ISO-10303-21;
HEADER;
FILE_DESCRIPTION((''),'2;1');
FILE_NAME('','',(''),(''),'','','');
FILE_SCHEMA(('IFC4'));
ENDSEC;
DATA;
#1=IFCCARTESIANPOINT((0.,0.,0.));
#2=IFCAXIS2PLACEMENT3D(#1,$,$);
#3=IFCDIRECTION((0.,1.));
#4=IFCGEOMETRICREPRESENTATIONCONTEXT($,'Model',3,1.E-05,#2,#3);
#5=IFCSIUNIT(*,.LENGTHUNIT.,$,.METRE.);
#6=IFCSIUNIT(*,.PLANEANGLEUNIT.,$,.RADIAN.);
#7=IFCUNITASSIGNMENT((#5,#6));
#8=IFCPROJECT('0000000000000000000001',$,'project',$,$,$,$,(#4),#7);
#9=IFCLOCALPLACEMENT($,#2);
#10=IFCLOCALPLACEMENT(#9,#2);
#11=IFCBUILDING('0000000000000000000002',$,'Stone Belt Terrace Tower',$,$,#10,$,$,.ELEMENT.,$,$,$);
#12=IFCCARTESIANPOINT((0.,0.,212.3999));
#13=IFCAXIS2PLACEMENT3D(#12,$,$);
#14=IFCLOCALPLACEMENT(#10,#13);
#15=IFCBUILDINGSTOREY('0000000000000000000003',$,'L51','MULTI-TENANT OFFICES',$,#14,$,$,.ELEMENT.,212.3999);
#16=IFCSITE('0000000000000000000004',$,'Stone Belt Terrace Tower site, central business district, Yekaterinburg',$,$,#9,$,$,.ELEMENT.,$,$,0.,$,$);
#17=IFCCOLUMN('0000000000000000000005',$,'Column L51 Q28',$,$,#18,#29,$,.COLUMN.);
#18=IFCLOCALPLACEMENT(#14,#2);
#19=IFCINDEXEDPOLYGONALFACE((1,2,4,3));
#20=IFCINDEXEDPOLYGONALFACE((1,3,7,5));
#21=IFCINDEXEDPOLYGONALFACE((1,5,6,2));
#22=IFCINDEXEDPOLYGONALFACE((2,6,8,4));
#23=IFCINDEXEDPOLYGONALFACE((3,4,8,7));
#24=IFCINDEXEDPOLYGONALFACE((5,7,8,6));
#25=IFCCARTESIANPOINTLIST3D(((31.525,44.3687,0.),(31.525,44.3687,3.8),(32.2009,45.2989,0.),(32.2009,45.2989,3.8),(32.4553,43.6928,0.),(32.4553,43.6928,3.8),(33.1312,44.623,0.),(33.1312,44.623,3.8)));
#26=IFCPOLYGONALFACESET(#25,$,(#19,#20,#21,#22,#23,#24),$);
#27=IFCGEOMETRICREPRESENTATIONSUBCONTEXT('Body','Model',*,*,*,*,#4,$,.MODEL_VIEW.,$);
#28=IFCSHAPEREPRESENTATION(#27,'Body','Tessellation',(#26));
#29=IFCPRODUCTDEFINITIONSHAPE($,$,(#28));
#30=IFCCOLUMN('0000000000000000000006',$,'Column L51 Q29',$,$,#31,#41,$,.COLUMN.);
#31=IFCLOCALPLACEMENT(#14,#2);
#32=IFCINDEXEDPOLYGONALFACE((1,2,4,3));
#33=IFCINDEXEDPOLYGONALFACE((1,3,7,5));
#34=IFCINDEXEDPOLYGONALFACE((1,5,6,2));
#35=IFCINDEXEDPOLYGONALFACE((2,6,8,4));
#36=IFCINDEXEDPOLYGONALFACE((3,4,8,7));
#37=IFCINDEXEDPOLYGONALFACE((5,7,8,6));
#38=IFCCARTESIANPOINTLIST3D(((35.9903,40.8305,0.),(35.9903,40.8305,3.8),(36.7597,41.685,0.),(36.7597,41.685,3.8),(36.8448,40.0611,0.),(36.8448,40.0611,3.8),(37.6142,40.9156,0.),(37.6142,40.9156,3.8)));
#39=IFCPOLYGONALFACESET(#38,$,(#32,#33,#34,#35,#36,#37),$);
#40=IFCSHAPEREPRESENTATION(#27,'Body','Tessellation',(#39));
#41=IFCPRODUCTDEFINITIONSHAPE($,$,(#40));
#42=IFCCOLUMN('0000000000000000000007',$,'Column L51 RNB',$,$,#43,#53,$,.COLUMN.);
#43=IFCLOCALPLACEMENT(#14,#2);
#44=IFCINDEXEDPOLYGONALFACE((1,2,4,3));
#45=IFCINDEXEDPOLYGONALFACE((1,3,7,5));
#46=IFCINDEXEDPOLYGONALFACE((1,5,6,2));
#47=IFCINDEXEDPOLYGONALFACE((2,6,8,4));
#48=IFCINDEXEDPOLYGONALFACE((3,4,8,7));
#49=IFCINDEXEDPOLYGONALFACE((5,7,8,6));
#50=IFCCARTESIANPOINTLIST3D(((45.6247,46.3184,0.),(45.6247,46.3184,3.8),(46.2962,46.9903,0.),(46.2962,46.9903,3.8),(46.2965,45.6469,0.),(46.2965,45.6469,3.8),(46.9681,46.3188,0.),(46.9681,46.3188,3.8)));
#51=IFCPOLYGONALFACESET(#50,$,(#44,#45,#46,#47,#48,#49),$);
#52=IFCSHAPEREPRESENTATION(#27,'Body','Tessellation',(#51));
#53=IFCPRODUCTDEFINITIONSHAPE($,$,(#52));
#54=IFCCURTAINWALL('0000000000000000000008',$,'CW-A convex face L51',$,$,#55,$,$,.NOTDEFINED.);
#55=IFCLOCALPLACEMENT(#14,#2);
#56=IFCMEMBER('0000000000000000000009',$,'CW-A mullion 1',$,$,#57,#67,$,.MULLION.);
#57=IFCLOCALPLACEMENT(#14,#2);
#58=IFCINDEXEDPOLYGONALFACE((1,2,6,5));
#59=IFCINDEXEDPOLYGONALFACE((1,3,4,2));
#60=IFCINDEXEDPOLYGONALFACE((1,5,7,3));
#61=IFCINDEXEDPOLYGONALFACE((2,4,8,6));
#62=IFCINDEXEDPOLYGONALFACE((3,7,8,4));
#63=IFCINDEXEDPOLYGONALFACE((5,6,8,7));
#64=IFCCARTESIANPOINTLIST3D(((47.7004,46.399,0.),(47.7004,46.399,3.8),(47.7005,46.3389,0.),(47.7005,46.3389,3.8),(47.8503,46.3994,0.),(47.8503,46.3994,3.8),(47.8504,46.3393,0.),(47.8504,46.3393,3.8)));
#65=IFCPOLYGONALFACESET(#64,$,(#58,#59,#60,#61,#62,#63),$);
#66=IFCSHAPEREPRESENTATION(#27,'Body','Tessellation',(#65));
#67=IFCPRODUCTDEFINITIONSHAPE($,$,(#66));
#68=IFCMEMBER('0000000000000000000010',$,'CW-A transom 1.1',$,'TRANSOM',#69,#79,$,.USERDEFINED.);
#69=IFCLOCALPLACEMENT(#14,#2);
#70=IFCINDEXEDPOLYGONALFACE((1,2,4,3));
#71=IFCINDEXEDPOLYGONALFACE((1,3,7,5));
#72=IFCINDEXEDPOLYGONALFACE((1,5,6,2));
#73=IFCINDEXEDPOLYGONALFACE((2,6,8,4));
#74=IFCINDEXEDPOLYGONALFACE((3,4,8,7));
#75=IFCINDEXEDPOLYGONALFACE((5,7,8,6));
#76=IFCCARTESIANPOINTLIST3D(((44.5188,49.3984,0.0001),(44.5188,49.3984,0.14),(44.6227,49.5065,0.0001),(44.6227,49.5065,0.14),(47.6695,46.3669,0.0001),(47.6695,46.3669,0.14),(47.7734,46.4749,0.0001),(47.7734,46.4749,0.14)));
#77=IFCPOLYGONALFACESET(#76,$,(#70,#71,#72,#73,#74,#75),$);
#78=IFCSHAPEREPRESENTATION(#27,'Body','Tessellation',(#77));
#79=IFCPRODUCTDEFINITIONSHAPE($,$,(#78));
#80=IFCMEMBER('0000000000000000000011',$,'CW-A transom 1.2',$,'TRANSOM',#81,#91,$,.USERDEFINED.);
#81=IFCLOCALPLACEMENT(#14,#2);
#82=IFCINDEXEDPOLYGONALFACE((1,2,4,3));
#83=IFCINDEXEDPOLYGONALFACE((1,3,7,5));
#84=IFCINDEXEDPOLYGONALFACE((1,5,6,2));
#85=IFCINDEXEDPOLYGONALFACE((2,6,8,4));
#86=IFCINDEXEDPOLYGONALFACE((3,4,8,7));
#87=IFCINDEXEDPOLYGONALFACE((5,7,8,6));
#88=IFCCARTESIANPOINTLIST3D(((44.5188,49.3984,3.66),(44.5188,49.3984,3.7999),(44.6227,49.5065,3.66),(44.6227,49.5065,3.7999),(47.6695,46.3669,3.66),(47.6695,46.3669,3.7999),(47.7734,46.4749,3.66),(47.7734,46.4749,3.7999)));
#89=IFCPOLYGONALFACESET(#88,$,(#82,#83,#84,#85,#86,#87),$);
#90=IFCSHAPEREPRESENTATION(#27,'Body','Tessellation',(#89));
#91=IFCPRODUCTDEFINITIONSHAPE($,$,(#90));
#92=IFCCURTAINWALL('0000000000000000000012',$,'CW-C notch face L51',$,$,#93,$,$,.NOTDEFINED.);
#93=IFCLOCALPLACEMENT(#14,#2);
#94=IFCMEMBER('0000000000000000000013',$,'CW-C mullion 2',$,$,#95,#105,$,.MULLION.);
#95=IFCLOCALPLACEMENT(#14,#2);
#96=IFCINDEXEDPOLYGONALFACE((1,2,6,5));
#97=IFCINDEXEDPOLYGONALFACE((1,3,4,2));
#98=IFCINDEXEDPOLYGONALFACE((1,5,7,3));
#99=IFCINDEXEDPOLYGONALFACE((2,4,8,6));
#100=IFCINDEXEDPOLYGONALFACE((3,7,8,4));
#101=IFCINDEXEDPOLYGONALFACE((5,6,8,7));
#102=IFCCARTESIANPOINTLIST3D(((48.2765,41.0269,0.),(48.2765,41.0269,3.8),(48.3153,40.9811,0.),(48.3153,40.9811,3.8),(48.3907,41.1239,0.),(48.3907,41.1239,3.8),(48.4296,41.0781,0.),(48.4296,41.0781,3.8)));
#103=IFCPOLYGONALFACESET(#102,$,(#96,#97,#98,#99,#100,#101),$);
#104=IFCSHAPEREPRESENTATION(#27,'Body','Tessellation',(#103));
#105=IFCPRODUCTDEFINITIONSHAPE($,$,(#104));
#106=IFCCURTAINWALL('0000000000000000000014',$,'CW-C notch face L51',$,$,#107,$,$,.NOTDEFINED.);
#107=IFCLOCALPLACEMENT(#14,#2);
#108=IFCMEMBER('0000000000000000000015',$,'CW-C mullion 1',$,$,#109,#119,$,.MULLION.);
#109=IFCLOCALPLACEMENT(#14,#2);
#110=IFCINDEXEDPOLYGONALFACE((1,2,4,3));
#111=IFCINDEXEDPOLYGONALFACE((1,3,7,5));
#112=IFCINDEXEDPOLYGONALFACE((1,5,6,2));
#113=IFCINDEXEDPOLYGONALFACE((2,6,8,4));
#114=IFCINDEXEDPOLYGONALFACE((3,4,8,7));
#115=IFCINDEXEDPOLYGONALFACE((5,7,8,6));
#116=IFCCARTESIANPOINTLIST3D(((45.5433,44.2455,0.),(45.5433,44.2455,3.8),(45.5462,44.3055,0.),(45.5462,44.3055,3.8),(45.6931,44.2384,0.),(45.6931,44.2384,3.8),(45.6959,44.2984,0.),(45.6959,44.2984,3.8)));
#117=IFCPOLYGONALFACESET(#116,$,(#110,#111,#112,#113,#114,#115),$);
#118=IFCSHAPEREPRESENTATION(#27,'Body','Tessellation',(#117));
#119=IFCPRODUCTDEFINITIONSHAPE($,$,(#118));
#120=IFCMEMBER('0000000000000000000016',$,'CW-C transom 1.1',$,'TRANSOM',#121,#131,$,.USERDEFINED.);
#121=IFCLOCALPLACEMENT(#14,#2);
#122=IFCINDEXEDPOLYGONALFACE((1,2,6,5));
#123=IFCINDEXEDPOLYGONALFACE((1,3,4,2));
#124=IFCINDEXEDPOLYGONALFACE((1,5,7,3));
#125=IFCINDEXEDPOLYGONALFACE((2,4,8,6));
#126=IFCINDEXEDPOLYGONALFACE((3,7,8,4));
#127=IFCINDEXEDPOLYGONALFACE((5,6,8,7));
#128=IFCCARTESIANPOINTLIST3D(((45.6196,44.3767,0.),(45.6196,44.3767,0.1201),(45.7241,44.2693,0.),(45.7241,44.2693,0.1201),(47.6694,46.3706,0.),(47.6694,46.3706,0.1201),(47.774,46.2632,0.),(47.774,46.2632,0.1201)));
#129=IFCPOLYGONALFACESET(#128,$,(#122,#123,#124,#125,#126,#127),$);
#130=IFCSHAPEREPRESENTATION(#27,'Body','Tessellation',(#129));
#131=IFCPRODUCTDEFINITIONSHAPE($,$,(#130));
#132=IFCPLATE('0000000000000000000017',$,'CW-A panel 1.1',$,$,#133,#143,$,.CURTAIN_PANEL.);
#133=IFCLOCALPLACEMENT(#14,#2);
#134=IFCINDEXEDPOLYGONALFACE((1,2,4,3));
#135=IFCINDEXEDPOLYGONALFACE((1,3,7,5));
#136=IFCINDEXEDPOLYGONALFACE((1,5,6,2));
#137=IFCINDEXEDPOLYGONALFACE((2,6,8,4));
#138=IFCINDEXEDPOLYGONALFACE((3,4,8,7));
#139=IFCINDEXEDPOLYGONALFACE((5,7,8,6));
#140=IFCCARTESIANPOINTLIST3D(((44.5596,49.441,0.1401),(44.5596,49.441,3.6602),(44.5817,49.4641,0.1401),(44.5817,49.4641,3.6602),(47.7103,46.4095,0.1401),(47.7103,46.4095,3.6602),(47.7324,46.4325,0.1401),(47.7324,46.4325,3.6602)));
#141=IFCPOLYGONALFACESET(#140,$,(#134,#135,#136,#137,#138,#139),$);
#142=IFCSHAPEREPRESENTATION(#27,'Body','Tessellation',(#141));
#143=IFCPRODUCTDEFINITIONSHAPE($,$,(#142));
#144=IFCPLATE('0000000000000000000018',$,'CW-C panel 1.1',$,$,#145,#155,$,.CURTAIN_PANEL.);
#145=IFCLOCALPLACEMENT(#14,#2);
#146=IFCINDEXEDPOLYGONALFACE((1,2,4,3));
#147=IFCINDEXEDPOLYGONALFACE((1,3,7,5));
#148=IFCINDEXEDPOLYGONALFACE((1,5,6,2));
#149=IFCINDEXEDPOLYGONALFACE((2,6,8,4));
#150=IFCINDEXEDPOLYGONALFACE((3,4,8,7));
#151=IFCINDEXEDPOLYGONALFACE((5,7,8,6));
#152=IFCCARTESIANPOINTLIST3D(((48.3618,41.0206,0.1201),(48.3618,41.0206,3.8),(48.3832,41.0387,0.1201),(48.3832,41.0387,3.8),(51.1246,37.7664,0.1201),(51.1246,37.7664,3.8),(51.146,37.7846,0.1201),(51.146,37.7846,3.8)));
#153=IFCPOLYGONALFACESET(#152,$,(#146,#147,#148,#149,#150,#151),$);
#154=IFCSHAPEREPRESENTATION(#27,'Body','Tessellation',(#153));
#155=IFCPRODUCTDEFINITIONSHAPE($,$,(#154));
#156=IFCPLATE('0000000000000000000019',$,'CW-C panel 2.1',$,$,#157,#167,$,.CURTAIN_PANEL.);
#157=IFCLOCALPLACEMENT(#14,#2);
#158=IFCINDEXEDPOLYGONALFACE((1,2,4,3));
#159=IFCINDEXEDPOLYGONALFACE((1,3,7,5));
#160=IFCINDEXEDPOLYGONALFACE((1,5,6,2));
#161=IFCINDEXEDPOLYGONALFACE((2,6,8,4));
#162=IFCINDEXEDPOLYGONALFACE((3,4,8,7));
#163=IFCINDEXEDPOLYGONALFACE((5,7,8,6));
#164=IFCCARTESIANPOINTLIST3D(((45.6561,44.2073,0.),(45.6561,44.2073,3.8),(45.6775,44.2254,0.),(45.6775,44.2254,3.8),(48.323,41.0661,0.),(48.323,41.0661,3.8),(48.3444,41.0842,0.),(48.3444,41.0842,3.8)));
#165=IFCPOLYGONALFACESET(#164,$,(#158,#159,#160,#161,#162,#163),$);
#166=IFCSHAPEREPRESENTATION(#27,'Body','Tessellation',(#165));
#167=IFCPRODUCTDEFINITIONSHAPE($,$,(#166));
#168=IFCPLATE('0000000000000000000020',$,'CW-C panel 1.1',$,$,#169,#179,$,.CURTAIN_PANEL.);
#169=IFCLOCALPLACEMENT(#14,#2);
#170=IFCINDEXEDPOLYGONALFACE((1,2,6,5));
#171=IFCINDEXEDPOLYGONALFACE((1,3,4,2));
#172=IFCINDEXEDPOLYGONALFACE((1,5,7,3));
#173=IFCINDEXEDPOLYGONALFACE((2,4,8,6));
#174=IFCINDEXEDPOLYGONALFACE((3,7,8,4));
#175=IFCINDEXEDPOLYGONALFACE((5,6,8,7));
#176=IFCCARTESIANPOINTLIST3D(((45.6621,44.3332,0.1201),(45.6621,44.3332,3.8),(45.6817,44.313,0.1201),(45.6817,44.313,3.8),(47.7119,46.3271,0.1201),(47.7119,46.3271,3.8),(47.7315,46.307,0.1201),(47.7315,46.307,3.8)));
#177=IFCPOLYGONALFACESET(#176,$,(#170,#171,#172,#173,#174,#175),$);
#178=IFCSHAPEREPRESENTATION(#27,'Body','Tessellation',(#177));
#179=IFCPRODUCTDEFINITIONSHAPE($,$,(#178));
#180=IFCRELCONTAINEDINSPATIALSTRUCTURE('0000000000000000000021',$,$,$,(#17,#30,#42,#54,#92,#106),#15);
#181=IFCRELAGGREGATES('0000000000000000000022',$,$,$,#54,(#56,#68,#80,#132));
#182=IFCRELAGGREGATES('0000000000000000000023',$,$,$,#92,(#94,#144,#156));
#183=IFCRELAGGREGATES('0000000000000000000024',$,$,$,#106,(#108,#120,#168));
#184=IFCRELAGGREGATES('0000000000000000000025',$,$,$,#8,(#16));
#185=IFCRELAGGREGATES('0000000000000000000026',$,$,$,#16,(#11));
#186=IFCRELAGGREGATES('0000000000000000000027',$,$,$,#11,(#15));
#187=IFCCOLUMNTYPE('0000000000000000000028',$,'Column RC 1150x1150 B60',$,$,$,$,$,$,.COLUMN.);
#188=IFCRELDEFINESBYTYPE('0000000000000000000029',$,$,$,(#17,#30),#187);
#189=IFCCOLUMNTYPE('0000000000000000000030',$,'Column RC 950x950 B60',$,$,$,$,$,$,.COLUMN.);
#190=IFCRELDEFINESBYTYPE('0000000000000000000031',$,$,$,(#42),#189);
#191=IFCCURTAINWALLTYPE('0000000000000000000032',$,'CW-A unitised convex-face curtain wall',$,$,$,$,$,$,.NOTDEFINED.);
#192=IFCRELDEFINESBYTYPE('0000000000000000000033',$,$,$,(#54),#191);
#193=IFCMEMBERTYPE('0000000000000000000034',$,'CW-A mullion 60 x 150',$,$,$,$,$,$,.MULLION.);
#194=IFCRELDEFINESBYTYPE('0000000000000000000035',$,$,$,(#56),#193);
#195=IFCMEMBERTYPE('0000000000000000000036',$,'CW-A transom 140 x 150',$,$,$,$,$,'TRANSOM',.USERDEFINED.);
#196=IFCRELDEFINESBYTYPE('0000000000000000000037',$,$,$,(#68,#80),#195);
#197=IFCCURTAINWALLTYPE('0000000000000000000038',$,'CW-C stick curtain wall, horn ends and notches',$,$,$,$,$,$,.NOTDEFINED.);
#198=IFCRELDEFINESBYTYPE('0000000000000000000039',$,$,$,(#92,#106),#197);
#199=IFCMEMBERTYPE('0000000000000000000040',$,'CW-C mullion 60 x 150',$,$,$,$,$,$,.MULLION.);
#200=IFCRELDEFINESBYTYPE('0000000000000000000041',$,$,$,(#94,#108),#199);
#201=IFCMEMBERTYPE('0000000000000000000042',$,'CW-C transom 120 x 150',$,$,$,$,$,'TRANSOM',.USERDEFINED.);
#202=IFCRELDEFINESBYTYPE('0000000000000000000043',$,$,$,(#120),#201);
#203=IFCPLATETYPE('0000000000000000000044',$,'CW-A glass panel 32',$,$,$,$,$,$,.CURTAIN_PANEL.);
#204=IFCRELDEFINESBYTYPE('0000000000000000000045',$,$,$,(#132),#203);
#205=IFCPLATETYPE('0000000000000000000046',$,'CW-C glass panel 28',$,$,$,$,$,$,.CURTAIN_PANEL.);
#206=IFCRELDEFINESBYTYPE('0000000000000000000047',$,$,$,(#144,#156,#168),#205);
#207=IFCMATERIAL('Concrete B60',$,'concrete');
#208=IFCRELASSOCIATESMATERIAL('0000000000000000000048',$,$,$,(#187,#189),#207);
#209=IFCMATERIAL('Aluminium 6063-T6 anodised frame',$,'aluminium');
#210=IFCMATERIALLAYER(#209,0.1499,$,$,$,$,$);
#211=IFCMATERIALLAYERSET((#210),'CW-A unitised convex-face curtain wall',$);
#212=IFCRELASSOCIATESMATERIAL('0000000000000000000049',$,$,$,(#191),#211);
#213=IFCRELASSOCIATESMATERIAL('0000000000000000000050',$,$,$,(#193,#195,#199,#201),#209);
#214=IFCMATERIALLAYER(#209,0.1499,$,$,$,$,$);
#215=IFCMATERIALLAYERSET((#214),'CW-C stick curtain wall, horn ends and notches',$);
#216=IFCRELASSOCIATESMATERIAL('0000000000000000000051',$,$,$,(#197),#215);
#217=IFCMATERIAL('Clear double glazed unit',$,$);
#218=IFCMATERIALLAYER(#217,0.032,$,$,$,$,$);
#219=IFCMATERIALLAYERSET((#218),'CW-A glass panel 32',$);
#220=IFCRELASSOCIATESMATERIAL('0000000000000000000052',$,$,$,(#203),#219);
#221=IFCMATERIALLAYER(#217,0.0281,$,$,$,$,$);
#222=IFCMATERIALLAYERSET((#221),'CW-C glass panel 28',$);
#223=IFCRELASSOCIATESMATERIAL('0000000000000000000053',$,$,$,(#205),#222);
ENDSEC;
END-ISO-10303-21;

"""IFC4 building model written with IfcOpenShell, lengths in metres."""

from ifc_helpers import new_model, si_unit, direction, frame, origin, origin_2d, place, context, subcontext, project, spatial, rectangle, extrude, material, layer, layer_set, material_profile, profile_set, type_object, element, aggregate, save


model = new_model("IFC4")

# Units and contexts
model_context = context("Model", 3, precision=1e-05, world=origin(), true_north=direction((0.0, 1.0)))
body_context = subcontext(model_context, "Body", "Model", "MODEL_VIEW")
ifc_project = project(units=[si_unit("LENGTHUNIT", "METRE"), si_unit("PLANEANGLEUNIT", "RADIAN")], contexts=[model_context])

# Site, building, storey
site_placement = place(None, origin())
site = spatial("IfcSite", under=ifc_project, at=site_placement, Name="Stone Belt Terrace Tower site, central business district, Yekaterinburg", CompositionType="ELEMENT", RefElevation=0.0)
building_placement = place(site_placement, origin())
building = spatial("IfcBuilding", under=site, at=building_placement, Name="Stone Belt Terrace Tower", CompositionType="ELEMENT")
storey_placement = place(building_placement, frame((0.0, 0.0, 212.3999)))
storey = spatial("IfcBuildingStorey", under=building, at=storey_placement, Name="L51", Description="MULTI-TENANT OFFICES", CompositionType="ELEMENT", Elevation=212.3999)

# Columns
ifc_material_1 = material(Name="Concrete B60", Category="concrete")
ifc_material_profile_1 = material_profile(ifc_material_1, rectangle(XDim=1.1499, YDim=1.1499, at=origin_2d()), Name="RC 1150x1150")
ifc_profile_set_1 = profile_set([ifc_material_profile_1], Name="Concrete B60")
column_type_1 = type_object("IfcColumnType", Name="Column RC 1150x1150 B60", PredefinedType="COLUMN", material=ifc_profile_set_1)
for number, where, z_axis, x_axis, name in (
    (1, (32.3281, 44.4958, 0.0), (0.0, 0.0, 1.0), (0.809017, -0.587785, 0.0), "Column L51 Q28"),
    (2, (36.8022, 40.873, 0.0), (0.0, 0.0, 1.0), (0.743145, -0.669131, 0.0), "Column L51 Q29"),
):
    element("IfcColumn", number, at=place(storey_placement, frame(where, z_axis=z_axis, x_axis=x_axis)), inside=storey, type_object=column_type_1, Name=name, PredefinedType="COLUMN", context=body_context, shape_type="SweptSolid", body=[
        extrude(rectangle(XDim=1.1499, YDim=1.1499, at=origin_2d()), origin(), (0.0, 0.0, 1.0), 3.8),
    ])
ifc_material_profile_2 = material_profile(ifc_material_1, rectangle(XDim=0.95, YDim=0.95, at=origin_2d()), Name="RC 950x950")
ifc_profile_set_2 = profile_set([ifc_material_profile_2], Name="Concrete B60")
column_type_2 = type_object("IfcColumnType", Name="Column RC 950x950 B60", PredefinedType="COLUMN", material=ifc_profile_set_2)
column_placement = place(storey_placement, frame((46.2964, 46.3186, 0.0), z_axis=(0.0, 0.0, 1.0), x_axis=(0.707276, -0.706938, 0.0)))
element("IfcColumn", 3, at=column_placement, inside=storey, type_object=column_type_2, Name="Column L51 RNB", PredefinedType="COLUMN", context=body_context, shape_type="SweptSolid", body=[
    extrude(rectangle(XDim=0.95, YDim=0.95, at=origin_2d()), origin(), (0.0, 0.0, 1.0), 3.8),
])

# Curtain wall, members
ifc_material_2 = material(Name="Aluminium 6063-T6 anodised frame", Category="aluminium")
ifc_layer_1 = layer(ifc_material_2, 0.1499)
ifc_layer_set_1 = layer_set([ifc_layer_1], Name="CW-A unitised convex-face curtain wall")
curtain_wall_type_1 = type_object("IfcCurtainWallType", Name="CW-A unitised convex-face curtain wall", PredefinedType="NOTDEFINED", material=ifc_layer_set_1)
curtain_wall_1_placement = place(storey_placement, origin())
curtain_wall_1 = element("IfcCurtainWall", 4, at=curtain_wall_1_placement, inside=storey, type_object=curtain_wall_type_1, Name="CW-A convex face L51", PredefinedType="NOTDEFINED")
ifc_material_profile_3 = material_profile(ifc_material_2, rectangle(XDim=0.1499, YDim=0.0601, at=origin_2d()), Name="Aluminium 6063-T6 60x150")
ifc_profile_set_3 = profile_set([ifc_material_profile_3], Name="Aluminium 6063-T6 anodised frame")
member_type_1 = type_object("IfcMemberType", Name="CW-A mullion 60 x 150", PredefinedType="MULLION", material=ifc_profile_set_3)
member_1_placement = place(storey_placement, frame((47.7754, 46.3691, 0.0), z_axis=(0.0, 0.0, 1.0), x_axis=(-0.999996, -0.002733, 0.0)))
member_1 = element("IfcMember", 5, at=member_1_placement, type_object=member_type_1, Name="CW-A mullion 1", PredefinedType="MULLION", context=body_context, shape_type="SweptSolid", body=[
    extrude(rectangle(XDim=0.1499, YDim=0.0601, at=origin_2d()), origin(), (0.0, 0.0, 1.0), 3.8),
])
ifc_material_profile_4 = material_profile(ifc_material_2, rectangle(XDim=0.1499, YDim=0.1399, at=origin_2d()), Name="Aluminium 6063-T6 150x140")
ifc_profile_set_4 = profile_set([ifc_material_profile_4], Name="Aluminium 6063-T6 anodised frame")
member_type_2 = type_object("IfcMemberType", Name="CW-A transom 140 x 150", ElementType="TRANSOM", PredefinedType="USERDEFINED", material=ifc_profile_set_4)
member_2_placement = place(storey_placement, frame((47.7214, 46.4209, 0.0701), z_axis=(-0.7206, 0.693351, 0.0), x_axis=(-0.693351, -0.7206, 0.0)))
member_2 = element("IfcMember", 6, at=member_2_placement, type_object=member_type_2, Name="CW-A transom 1.1", ObjectType="TRANSOM", PredefinedType="USERDEFINED", context=body_context, shape_type="SweptSolid", body=[
    extrude(rectangle(XDim=0.1499, YDim=0.1399, at=origin_2d()), origin(), (0.0, 0.0, 1.0), 4.3723),
])
member_3_placement = place(storey_placement, frame((47.7214, 46.4209, 3.73), z_axis=(-0.7206, 0.693351, 0.0), x_axis=(-0.693351, -0.7206, 0.0)))
member_3 = element("IfcMember", 7, at=member_3_placement, type_object=member_type_2, Name="CW-A transom 1.2", ObjectType="TRANSOM", PredefinedType="USERDEFINED", context=body_context, shape_type="SweptSolid", body=[
    extrude(rectangle(XDim=0.1499, YDim=0.1399, at=origin_2d()), origin(), (0.0, 0.0, 1.0), 4.3723),
])

# Curtain wall, member
ifc_layer_2 = layer(ifc_material_2, 0.1499)
ifc_layer_set_2 = layer_set([ifc_layer_2], Name="CW-C stick curtain wall, horn ends and notches")
curtain_wall_type_2 = type_object("IfcCurtainWallType", Name="CW-C stick curtain wall, horn ends and notches", PredefinedType="NOTDEFINED", material=ifc_layer_set_2)
curtain_wall_2_placement = place(storey_placement, origin())
curtain_wall_2 = element("IfcCurtainWall", 8, at=curtain_wall_2_placement, inside=storey, type_object=curtain_wall_type_2, Name="CW-C notch face L51", PredefinedType="NOTDEFINED")
ifc_material_profile_5 = material_profile(ifc_material_2, rectangle(XDim=0.1499, YDim=0.0601, at=origin_2d()), Name="Aluminium 6063-T6 60x150")
ifc_profile_set_5 = profile_set([ifc_material_profile_5], Name="Aluminium 6063-T6 anodised frame")
member_type_3 = type_object("IfcMemberType", Name="CW-C mullion 60 x 150", PredefinedType="MULLION", material=ifc_profile_set_5)
member_4_placement = place(storey_placement, frame((48.353, 41.0525, 0.0), z_axis=(0.0, 0.0, 1.0), x_axis=(-0.762311, -0.647211, 0.0)))
member_4 = element("IfcMember", 9, at=member_4_placement, type_object=member_type_3, Name="CW-C mullion 2", PredefinedType="MULLION", context=body_context, shape_type="SweptSolid", body=[
    extrude(rectangle(XDim=0.1499, YDim=0.0601, at=origin_2d()), origin(), (0.0, 0.0, 1.0), 3.8),
])

# Curtain wall, members
curtain_wall_3_placement = place(storey_placement, origin())
curtain_wall_3 = element("IfcCurtainWall", 10, at=curtain_wall_3_placement, inside=storey, type_object=curtain_wall_type_2, Name="CW-C notch face L51", PredefinedType="NOTDEFINED")
member_5_placement = place(storey_placement, frame((45.6196, 44.272, 0.0), z_axis=(0.0, 0.0, 1.0), x_axis=(-0.998865, 0.047626, 0.0)))
member_5 = element("IfcMember", 11, at=member_5_placement, type_object=member_type_3, Name="CW-C mullion 1", PredefinedType="MULLION", context=body_context, shape_type="SweptSolid", body=[
    extrude(rectangle(XDim=0.1499, YDim=0.0601, at=origin_2d()), origin(), (0.0, 0.0, 1.0), 3.8),
])
ifc_material_profile_6 = material_profile(ifc_material_2, rectangle(XDim=0.1499, YDim=0.1201, at=origin_2d()), Name="Aluminium 6063-T6 150x120")
ifc_profile_set_6 = profile_set([ifc_material_profile_6], Name="Aluminium 6063-T6 anodised frame")
member_type_4 = type_object("IfcMemberType", Name="CW-C transom 120 x 150", ElementType="TRANSOM", PredefinedType="USERDEFINED", material=ifc_profile_set_6)
member_6_placement = place(storey_placement, frame((45.6719, 44.323, 0.0601), z_axis=(0.716815, 0.697264, 0.0), x_axis=(-0.697264, 0.716815, 0.0)))
member_6 = element("IfcMember", 12, at=member_6_placement, type_object=member_type_4, Name="CW-C transom 1.1", ObjectType="TRANSOM", PredefinedType="USERDEFINED", context=body_context, shape_type="SweptSolid", body=[
    extrude(rectangle(XDim=0.1499, YDim=0.1201, at=origin_2d()), origin(), (0.0, 0.0, 1.0), 2.8596),
])

# Plates
ifc_material_3 = material(Name="Clear double glazed unit")
ifc_layer_3 = layer(ifc_material_3, 0.032)
ifc_layer_set_3 = layer_set([ifc_layer_3], Name="CW-A glass panel 32")
plate_type_1 = type_object("IfcPlateType", Name="CW-A glass panel 32", PredefinedType="CURTAIN_PANEL", material=ifc_layer_set_3)
plate_1_placement = place(storey_placement, frame((46.146, 47.9368, 0.1401), z_axis=(0.0, 0.0, 1.0), x_axis=(-0.720604, 0.693346, 0.0)))
plate_1 = element("IfcPlate", 13, at=plate_1_placement, type_object=plate_type_1, Name="CW-A panel 1.1", PredefinedType="CURTAIN_PANEL", context=body_context, shape_type="SweptSolid", body=[
    extrude(rectangle(XDim=4.3723, YDim=0.032, at=origin_2d()), origin(), (0.0, 0.0, 1.0), 3.52),
])
aggregate(curtain_wall_1, [member_1, member_2, member_3, plate_1])
ifc_layer_4 = layer(ifc_material_3, 0.0281)
ifc_layer_set_4 = layer_set([ifc_layer_4], Name="CW-C glass panel 28")
plate_type_2 = type_object("IfcPlateType", Name="CW-C glass panel 28", PredefinedType="CURTAIN_PANEL", material=ifc_layer_set_4)
plate_2_placement = place(storey_placement, frame((49.7539, 39.4026, 0.1201), z_axis=(0.0, 0.0, 1.0), x_axis=(-0.647211, 0.762311, 0.0)))
plate_2 = element("IfcPlate", 14, at=plate_2_placement, type_object=plate_type_2, Name="CW-C panel 1.1", PredefinedType="CURTAIN_PANEL", context=body_context, shape_type="SweptSolid", body=[
    extrude(rectangle(XDim=4.2688, YDim=0.0281, at=origin_2d()), origin(), (0.0, 0.0, 1.0), 3.6799),
])
plate_3_placement = place(storey_placement, frame((47.0002, 42.6458, 0.0), z_axis=(0.0, 0.0, 1.0), x_axis=(-0.647211, 0.762311, 0.0)))
plate_3 = element("IfcPlate", 15, at=plate_3_placement, type_object=plate_type_2, Name="CW-C panel 2.1", PredefinedType="CURTAIN_PANEL", context=body_context, shape_type="SweptSolid", body=[
    extrude(rectangle(XDim=4.1206, YDim=0.0281, at=origin_2d()), origin(), (0.0, 0.0, 1.0), 3.8),
])
aggregate(curtain_wall_2, [member_4, plate_2, plate_3])
plate_4_placement = place(storey_placement, frame((46.6968, 45.3201, 0.1201), z_axis=(0.0, 0.0, 1.0), x_axis=(0.716803, 0.697275, 0.0)))
plate_4 = element("IfcPlate", 16, at=plate_4_placement, type_object=plate_type_2, Name="CW-C panel 1.1", PredefinedType="CURTAIN_PANEL", context=body_context, shape_type="SweptSolid", body=[
    extrude(rectangle(XDim=2.8596, YDim=0.0281, at=origin_2d()), origin(), (0.0, 0.0, 1.0), 3.6799),
])
aggregate(curtain_wall_3, [member_5, member_6, plate_4])

save(model, "model.ifc")
